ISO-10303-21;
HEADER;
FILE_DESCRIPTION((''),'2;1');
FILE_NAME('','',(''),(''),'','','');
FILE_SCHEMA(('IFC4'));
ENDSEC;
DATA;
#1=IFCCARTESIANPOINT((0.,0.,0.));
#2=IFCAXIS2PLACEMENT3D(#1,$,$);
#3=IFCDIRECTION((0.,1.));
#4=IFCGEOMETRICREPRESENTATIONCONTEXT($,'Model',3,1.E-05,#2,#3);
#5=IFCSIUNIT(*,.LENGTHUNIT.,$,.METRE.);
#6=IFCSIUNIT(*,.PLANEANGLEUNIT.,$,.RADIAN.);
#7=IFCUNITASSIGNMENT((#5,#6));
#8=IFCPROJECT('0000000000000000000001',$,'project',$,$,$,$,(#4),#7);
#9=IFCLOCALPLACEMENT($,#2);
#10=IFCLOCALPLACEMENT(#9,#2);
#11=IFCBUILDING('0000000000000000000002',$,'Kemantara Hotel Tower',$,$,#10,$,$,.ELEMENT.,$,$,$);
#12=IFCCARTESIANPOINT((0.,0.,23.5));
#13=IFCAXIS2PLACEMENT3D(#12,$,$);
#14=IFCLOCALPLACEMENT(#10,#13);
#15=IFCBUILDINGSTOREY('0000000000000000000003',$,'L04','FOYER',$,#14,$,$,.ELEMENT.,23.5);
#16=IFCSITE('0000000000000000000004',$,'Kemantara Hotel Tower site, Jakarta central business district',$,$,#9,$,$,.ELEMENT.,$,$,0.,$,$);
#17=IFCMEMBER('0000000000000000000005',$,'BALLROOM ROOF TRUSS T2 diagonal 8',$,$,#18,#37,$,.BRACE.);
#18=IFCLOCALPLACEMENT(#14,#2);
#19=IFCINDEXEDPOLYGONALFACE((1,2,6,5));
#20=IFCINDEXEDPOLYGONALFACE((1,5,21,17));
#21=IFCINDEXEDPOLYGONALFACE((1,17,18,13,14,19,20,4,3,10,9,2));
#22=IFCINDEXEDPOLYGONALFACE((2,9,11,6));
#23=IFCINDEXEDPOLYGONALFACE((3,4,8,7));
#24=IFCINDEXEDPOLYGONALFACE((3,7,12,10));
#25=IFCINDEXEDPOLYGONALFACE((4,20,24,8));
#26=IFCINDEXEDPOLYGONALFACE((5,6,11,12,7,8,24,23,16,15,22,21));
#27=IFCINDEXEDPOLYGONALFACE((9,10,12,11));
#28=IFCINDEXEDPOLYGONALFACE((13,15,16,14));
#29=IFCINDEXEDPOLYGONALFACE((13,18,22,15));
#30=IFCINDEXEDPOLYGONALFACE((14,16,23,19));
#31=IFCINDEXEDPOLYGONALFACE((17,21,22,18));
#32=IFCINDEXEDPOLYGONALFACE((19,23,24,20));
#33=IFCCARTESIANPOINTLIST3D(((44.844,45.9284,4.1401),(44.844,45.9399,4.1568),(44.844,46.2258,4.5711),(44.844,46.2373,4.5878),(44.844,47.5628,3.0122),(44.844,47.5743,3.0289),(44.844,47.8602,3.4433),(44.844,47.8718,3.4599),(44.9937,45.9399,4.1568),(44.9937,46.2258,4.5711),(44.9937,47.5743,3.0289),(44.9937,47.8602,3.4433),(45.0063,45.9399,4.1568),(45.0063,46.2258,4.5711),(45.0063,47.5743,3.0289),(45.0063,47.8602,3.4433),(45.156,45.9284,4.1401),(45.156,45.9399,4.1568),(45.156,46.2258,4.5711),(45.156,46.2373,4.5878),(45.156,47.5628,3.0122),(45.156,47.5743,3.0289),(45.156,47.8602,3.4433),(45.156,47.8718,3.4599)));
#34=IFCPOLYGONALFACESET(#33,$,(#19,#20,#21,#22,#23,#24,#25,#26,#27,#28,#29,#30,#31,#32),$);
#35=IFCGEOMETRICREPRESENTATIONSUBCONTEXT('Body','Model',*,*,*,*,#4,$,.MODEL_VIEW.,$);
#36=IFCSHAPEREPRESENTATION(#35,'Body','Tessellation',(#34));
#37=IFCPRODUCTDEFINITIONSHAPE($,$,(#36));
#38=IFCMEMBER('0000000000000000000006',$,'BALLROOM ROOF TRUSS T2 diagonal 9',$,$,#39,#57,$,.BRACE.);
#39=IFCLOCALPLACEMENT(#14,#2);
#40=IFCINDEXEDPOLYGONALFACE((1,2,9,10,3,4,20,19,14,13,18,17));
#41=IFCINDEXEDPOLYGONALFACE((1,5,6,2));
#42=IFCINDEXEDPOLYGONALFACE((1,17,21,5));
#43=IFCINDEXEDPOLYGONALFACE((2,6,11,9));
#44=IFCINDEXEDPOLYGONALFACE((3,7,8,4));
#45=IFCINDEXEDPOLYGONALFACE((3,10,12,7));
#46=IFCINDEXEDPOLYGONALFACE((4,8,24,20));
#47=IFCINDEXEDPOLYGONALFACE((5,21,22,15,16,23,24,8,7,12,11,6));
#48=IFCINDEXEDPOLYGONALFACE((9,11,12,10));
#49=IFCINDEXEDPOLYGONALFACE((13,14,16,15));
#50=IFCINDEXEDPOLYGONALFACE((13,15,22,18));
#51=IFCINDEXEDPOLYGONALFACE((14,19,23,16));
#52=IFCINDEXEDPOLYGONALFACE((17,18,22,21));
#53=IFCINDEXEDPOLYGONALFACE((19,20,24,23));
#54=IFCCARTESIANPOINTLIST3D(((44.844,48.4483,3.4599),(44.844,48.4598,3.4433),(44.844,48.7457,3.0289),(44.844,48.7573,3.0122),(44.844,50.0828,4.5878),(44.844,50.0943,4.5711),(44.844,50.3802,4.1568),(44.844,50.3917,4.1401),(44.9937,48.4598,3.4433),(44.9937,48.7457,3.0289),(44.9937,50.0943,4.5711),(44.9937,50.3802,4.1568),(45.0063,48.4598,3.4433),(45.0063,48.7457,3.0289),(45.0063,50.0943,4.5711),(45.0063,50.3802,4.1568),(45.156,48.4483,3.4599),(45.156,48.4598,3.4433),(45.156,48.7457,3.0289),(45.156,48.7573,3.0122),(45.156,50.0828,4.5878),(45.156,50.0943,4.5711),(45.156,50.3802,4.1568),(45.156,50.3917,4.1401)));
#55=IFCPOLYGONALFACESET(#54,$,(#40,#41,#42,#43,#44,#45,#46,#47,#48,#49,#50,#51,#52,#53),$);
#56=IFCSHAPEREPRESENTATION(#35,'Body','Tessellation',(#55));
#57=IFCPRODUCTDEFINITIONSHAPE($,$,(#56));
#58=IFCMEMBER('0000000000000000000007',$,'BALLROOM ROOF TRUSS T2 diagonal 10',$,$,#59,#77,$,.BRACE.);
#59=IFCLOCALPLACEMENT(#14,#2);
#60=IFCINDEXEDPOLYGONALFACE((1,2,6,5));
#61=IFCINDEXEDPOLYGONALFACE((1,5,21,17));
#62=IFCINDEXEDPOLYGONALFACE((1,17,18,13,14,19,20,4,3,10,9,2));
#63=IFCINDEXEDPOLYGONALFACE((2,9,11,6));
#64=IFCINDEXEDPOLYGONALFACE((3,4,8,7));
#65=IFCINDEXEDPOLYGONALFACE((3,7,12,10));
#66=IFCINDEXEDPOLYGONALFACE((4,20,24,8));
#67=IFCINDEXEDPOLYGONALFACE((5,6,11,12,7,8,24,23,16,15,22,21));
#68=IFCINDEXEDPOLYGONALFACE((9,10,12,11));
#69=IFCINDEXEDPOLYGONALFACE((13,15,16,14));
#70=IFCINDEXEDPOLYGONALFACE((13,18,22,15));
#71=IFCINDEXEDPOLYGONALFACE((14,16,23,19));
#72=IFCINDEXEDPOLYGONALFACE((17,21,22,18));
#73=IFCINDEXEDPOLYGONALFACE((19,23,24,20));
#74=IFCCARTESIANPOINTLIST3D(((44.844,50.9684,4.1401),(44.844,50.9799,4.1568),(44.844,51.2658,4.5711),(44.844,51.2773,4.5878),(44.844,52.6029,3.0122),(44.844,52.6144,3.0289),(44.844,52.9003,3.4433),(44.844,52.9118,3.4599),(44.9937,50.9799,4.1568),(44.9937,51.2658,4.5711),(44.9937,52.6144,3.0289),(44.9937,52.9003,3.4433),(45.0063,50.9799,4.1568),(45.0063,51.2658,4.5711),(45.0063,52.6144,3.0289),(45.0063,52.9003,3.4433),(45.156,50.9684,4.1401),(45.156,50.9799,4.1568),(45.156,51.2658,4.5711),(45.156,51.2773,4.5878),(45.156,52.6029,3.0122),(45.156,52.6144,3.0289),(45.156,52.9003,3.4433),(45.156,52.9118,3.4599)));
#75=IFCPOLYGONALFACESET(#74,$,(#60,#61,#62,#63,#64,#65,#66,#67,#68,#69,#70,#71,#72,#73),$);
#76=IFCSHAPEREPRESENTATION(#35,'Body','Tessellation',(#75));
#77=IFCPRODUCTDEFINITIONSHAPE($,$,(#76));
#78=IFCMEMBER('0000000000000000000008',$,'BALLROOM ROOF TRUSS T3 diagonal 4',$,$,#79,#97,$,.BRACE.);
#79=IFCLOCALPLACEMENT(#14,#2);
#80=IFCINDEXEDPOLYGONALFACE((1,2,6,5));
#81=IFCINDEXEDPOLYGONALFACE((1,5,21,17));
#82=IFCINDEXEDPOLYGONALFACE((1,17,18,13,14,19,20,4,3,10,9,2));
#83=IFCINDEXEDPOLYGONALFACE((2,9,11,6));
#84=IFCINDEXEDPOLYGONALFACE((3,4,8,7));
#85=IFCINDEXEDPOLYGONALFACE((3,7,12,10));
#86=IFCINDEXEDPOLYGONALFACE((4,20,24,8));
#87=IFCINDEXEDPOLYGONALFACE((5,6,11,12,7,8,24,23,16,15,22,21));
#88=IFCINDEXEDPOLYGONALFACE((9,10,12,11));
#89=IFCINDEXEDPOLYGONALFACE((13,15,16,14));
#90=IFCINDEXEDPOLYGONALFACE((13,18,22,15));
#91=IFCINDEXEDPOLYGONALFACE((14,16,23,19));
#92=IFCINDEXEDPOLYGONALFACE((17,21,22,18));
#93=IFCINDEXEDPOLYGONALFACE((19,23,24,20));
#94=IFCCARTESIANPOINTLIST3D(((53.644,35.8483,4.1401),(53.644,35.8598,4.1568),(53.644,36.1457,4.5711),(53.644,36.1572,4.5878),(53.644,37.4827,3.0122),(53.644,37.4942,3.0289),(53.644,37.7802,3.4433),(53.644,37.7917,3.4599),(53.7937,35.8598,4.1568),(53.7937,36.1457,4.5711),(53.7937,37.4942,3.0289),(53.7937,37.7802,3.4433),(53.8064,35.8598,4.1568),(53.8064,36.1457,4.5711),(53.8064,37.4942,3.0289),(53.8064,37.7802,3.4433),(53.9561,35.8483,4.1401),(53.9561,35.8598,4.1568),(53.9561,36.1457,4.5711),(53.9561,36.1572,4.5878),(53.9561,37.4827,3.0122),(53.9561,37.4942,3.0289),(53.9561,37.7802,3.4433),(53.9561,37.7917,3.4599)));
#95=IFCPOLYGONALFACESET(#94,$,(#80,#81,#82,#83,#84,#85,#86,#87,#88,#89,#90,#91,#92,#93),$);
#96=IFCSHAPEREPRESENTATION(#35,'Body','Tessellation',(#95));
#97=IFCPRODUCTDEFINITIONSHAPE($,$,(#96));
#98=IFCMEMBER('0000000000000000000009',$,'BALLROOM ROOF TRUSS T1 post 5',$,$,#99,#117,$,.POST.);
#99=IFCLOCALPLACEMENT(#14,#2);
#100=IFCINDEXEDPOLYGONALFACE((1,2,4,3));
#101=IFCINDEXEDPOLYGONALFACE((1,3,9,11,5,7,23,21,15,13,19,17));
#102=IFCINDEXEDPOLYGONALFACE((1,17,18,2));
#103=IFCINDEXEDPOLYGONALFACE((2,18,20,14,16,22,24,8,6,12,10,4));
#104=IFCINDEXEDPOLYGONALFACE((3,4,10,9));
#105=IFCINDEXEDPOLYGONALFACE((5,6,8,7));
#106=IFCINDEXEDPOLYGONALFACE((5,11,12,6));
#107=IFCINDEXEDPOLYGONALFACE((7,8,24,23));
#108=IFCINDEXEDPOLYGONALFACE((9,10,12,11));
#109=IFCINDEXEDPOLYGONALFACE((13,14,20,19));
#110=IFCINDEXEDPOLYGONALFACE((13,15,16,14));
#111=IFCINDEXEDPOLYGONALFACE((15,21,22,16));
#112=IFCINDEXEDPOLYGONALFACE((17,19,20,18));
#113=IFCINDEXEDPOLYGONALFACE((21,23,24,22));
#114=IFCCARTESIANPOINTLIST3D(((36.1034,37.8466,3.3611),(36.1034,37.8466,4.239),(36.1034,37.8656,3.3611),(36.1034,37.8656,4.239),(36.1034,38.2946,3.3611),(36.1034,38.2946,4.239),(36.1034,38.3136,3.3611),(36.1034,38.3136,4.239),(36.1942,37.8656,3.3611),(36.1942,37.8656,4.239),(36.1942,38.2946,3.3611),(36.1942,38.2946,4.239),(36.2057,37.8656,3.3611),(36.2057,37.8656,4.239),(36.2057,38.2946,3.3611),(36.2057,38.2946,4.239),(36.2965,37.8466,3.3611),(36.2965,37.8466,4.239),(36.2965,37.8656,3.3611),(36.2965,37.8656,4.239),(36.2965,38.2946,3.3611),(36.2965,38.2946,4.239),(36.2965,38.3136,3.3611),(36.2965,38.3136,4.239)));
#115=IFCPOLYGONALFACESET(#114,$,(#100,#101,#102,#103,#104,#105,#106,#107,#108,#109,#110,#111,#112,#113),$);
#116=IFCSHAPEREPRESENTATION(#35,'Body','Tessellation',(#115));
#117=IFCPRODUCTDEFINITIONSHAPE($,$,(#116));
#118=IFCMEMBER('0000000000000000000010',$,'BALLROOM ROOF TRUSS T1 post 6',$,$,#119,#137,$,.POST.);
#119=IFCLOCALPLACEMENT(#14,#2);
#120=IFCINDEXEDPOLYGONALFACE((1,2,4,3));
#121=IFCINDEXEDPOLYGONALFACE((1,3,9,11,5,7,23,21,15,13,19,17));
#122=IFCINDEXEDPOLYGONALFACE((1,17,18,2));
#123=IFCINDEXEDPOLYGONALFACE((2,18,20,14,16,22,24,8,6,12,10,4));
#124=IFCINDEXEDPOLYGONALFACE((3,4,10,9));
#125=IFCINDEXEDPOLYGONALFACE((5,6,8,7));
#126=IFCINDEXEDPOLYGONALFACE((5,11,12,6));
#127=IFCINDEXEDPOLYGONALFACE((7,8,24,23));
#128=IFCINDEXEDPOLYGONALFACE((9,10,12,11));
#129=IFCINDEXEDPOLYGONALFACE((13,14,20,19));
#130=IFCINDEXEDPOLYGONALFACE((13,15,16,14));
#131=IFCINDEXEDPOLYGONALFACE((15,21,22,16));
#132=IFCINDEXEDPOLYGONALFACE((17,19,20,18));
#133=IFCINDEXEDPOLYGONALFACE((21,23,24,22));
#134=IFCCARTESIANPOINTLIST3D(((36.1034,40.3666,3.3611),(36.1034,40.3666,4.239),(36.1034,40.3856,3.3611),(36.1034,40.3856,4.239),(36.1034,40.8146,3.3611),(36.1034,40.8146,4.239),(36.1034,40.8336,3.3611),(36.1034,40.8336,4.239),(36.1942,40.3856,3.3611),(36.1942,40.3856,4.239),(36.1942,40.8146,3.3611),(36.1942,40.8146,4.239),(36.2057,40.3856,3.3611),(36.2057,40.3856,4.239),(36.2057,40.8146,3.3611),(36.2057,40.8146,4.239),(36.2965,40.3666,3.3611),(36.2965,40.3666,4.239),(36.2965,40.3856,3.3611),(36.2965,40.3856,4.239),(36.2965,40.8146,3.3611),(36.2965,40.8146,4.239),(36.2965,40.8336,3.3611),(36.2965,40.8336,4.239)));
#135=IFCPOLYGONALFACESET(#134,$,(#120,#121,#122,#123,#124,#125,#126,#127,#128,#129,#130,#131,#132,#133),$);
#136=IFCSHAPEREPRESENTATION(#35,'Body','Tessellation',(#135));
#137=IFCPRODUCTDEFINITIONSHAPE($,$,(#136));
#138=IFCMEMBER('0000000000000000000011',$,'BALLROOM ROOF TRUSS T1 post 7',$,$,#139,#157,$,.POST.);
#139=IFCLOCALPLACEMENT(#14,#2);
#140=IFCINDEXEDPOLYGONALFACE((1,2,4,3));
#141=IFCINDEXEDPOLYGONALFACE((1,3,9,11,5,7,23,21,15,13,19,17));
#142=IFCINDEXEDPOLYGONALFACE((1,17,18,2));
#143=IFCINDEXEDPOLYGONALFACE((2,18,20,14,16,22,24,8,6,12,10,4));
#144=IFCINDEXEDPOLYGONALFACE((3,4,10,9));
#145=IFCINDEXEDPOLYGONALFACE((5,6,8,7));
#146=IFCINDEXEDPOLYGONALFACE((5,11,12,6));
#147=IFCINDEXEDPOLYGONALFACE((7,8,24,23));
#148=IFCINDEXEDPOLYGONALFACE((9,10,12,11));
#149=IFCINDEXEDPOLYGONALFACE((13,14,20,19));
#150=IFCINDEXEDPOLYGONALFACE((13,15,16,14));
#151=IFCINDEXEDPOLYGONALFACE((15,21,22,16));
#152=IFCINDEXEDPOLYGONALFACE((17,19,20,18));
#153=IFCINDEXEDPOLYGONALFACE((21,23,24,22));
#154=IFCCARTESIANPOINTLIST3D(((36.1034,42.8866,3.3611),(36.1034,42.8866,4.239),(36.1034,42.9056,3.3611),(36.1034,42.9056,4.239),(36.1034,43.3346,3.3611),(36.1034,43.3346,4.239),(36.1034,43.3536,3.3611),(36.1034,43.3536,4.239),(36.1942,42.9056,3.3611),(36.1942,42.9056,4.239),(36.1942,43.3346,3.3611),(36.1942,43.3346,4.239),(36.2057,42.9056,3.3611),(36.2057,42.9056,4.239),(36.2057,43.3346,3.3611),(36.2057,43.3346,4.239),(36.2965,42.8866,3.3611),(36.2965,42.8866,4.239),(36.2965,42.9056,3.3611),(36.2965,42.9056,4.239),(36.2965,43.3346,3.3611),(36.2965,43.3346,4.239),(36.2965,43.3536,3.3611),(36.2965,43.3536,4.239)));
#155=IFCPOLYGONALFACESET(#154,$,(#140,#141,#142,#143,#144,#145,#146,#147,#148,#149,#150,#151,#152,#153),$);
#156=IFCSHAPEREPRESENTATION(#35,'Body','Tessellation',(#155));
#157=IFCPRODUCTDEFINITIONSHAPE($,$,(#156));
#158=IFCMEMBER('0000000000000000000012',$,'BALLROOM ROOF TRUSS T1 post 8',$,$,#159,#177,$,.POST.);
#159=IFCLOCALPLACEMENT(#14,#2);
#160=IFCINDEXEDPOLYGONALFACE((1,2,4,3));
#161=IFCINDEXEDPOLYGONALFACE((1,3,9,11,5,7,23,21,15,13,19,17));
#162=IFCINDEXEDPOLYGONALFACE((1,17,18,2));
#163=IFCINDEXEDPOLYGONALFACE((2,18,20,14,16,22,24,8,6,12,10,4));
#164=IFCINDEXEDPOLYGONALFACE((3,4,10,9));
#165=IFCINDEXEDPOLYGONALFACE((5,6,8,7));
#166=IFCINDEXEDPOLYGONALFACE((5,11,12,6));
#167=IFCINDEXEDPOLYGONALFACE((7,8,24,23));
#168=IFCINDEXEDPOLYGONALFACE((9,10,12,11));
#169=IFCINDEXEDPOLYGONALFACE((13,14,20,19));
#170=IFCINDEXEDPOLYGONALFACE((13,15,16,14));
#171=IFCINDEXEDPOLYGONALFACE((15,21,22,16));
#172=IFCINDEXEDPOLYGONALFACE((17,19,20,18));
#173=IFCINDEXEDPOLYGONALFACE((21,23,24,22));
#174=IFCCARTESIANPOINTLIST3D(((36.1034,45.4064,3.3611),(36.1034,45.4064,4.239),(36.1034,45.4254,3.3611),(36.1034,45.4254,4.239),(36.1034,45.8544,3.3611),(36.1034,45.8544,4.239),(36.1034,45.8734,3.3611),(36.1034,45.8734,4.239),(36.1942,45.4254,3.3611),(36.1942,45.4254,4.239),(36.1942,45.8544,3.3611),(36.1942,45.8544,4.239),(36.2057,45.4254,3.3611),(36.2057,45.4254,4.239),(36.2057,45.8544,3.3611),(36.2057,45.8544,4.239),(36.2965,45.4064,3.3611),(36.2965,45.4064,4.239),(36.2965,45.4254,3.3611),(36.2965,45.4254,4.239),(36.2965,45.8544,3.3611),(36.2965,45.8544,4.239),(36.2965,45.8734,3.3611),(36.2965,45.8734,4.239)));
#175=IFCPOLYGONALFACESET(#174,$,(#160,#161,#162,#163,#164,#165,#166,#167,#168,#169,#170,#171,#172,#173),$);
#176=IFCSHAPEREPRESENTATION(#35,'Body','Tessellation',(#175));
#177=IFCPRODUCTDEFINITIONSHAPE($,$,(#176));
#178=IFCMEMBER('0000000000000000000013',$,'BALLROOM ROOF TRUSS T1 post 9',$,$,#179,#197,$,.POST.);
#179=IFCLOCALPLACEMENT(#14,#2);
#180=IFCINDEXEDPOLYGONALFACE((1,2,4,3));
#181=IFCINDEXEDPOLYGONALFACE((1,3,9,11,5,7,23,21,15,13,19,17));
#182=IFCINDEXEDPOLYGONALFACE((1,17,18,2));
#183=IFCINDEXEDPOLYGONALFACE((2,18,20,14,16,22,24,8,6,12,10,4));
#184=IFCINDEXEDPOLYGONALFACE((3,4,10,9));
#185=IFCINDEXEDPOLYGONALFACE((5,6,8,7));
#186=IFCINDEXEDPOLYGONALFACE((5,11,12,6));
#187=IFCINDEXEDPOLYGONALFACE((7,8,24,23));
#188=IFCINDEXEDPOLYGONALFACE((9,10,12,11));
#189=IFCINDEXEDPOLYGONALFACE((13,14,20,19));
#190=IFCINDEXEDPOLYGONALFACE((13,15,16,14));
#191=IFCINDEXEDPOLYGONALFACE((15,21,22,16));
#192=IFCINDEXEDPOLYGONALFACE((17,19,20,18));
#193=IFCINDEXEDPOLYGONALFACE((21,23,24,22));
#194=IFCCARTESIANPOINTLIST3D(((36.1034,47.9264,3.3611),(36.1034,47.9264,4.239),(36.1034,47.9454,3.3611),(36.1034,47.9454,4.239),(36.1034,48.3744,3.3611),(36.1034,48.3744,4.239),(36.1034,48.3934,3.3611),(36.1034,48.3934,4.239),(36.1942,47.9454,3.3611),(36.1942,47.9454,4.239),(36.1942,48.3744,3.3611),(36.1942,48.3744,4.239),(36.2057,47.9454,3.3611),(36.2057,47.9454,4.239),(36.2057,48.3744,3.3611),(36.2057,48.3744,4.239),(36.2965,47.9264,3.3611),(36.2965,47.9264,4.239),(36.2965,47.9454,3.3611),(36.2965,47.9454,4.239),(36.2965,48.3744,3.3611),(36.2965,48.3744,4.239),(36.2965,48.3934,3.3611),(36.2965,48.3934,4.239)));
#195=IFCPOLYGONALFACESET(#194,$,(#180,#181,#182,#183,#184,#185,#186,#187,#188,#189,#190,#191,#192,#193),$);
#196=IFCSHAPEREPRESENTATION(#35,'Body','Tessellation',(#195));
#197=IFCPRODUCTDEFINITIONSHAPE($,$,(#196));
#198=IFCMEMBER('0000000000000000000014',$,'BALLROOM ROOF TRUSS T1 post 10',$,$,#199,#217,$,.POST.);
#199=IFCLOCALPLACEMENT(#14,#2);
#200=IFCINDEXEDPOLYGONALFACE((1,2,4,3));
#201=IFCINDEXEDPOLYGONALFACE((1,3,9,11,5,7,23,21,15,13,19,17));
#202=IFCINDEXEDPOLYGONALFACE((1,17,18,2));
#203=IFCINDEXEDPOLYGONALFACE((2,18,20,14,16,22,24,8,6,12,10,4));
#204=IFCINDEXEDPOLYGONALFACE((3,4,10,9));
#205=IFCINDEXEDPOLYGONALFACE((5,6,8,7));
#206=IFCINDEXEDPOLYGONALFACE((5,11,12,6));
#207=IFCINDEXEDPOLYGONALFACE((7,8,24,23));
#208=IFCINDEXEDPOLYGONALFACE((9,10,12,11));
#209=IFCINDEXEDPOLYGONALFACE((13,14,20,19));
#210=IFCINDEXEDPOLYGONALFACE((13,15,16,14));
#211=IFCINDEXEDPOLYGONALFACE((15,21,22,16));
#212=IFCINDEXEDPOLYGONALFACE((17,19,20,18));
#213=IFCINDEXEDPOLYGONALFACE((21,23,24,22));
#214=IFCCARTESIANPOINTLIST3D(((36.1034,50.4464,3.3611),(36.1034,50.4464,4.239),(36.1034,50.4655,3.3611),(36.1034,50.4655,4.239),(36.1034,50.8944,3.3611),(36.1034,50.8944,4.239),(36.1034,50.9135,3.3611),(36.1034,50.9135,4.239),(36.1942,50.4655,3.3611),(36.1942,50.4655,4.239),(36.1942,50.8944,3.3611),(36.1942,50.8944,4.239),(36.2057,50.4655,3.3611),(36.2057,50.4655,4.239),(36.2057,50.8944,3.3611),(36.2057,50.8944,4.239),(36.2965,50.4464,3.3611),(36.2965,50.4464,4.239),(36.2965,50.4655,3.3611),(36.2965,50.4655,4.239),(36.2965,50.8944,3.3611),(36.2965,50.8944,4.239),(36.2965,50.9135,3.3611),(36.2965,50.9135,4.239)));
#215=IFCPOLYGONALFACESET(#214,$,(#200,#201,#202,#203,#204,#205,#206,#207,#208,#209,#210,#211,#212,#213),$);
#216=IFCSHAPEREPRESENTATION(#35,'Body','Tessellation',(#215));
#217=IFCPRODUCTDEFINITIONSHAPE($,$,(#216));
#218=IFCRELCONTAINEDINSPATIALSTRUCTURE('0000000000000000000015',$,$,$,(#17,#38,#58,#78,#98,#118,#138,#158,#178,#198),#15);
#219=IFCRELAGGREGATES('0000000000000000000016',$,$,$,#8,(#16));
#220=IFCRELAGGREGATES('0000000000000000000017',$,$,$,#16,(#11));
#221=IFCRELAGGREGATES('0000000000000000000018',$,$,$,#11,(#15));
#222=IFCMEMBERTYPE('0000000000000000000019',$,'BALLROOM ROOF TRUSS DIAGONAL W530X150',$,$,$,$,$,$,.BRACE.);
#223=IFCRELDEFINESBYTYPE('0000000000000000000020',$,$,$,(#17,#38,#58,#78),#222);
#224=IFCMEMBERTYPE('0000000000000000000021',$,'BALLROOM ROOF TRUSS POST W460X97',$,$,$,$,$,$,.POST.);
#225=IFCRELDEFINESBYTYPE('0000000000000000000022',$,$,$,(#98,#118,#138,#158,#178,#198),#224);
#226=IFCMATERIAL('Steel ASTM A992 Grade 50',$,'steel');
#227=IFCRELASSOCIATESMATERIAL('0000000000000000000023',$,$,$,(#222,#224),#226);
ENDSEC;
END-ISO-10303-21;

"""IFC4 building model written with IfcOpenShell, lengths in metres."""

from ifc_helpers import new_model, si_unit, direction, frame, origin, origin_2d, place, context, subcontext, project, spatial, i_section, extrude, material, material_profile, profile_set, type_object, element, save


model = new_model("IFC4")

# Units and contexts
model_context = context("Model", 3, precision=1e-05, world=origin(), true_north=direction((0.0, 1.0)))
body_context = subcontext(model_context, "Body", "Model", "MODEL_VIEW")
ifc_project = project(units=[si_unit("LENGTHUNIT", "METRE"), si_unit("PLANEANGLEUNIT", "RADIAN")], contexts=[model_context])

# Site, building, storey
site_placement = place(None, origin())
site = spatial("IfcSite", under=ifc_project, at=site_placement, Name="Kemantara Hotel Tower site, Jakarta central business district", CompositionType="ELEMENT", RefElevation=0.0)
building_placement = place(site_placement, origin())
building = spatial("IfcBuilding", under=site, at=building_placement, Name="Kemantara Hotel Tower", CompositionType="ELEMENT")
storey_placement = place(building_placement, frame((0.0, 0.0, 23.5)))
storey = spatial("IfcBuildingStorey", under=building, at=storey_placement, Name="L04", Description="FOYER", CompositionType="ELEMENT", Elevation=23.5)

# Members
ifc_material_1 = material(Name="Steel ASTM A992 Grade 50", Category="steel")
ifc_material_profile_1 = material_profile(ifc_material_1, i_section(OverallWidth=0.312, OverallDepth=0.5439, WebThickness=0.0127, FlangeThickness=0.0203, at=origin_2d()), Name="W530X150")
ifc_profile_set_1 = profile_set([ifc_material_profile_1], Name="Steel ASTM A992 Grade 50")
member_type_1 = type_object("IfcMemberType", Name="BALLROOM ROOF TRUSS DIAGONAL W530X150", PredefinedType="BRACE", material=ifc_profile_set_1)
for number, where, z_axis, x_axis, name in (
    (1, (45.0, 47.7173, 3.2361), (0.0, -0.823054, 0.567963), (1.0, 0.0, 0.0), "BALLROOM ROOF TRUSS T2 diagonal 8"),
    (2, (45.0, 48.6028, 3.2361), (0.0, 0.823054, 0.567963), (-1.0, 0.0, 0.0), "BALLROOM ROOF TRUSS T2 diagonal 9"),
    (3, (45.0, 52.7573, 3.2361), (0.0, -0.823054, 0.567963), (1.0, 0.0, 0.0), "BALLROOM ROOF TRUSS T2 diagonal 10"),
    (4, (53.8, 37.6372, 3.2361), (0.0, -0.823054, 0.567963), (1.0, 0.0, 0.0), "BALLROOM ROOF TRUSS T3 diagonal 4"),
):
    element("IfcMember", number, at=place(storey_placement, frame(where, z_axis=z_axis, x_axis=x_axis)), inside=storey, type_object=member_type_1, Name=name, PredefinedType="BRACE", context=body_context, shape_type="SweptSolid", body=[
        extrude(i_section(OverallWidth=0.312, OverallDepth=0.5439, WebThickness=0.0127, FlangeThickness=0.0203, at=origin_2d()), origin(), (0.0, 0.0, 1.0), 1.9858),
    ])
ifc_material_profile_2 = material_profile(ifc_material_1, i_section(OverallWidth=0.1931, OverallDepth=0.467, WebThickness=0.0115, FlangeThickness=0.019, at=origin_2d()), Name="W460X97")
ifc_profile_set_2 = profile_set([ifc_material_profile_2], Name="Steel ASTM A992 Grade 50")
member_type_2 = type_object("IfcMemberType", Name="BALLROOM ROOF TRUSS POST W460X97", PredefinedType="POST", material=ifc_profile_set_2)
for number, where, z_axis, x_axis, name in (
    (5, (36.2, 38.0801, 3.3611), (0.0, 0.0, 1.0), (1.0, 0.0, 0.0), "BALLROOM ROOF TRUSS T1 post 5"),
    (6, (36.2, 40.6001, 3.3611), (0.0, 0.0, 1.0), (1.0, 0.0, 0.0), "BALLROOM ROOF TRUSS T1 post 6"),
    (7, (36.2, 43.1201, 3.3611), (0.0, 0.0, 1.0), (1.0, 0.0, 0.0), "BALLROOM ROOF TRUSS T1 post 7"),
    (8, (36.2, 45.6399, 3.3611), (0.0, 0.0, 1.0), (1.0, 0.0, 0.0), "BALLROOM ROOF TRUSS T1 post 8"),
    (9, (36.2, 48.1599, 3.3611), (0.0, 0.0, 1.0), (1.0, 0.0, 0.0), "BALLROOM ROOF TRUSS T1 post 9"),
    (10, (36.2, 50.6799, 3.3611), (0.0, 0.0, 1.0), (1.0, 0.0, 0.0), "BALLROOM ROOF TRUSS T1 post 10"),
):
    element("IfcMember", number, at=place(storey_placement, frame(where, z_axis=z_axis, x_axis=x_axis)), inside=storey, type_object=member_type_2, Name=name, PredefinedType="POST", context=body_context, shape_type="SweptSolid", body=[
        extrude(i_section(OverallWidth=0.1931, OverallDepth=0.467, WebThickness=0.0115, FlangeThickness=0.019, at=origin_2d()), origin(), (0.0, 0.0, 1.0), 0.8779),
    ])

save(model, "model.ifc")
